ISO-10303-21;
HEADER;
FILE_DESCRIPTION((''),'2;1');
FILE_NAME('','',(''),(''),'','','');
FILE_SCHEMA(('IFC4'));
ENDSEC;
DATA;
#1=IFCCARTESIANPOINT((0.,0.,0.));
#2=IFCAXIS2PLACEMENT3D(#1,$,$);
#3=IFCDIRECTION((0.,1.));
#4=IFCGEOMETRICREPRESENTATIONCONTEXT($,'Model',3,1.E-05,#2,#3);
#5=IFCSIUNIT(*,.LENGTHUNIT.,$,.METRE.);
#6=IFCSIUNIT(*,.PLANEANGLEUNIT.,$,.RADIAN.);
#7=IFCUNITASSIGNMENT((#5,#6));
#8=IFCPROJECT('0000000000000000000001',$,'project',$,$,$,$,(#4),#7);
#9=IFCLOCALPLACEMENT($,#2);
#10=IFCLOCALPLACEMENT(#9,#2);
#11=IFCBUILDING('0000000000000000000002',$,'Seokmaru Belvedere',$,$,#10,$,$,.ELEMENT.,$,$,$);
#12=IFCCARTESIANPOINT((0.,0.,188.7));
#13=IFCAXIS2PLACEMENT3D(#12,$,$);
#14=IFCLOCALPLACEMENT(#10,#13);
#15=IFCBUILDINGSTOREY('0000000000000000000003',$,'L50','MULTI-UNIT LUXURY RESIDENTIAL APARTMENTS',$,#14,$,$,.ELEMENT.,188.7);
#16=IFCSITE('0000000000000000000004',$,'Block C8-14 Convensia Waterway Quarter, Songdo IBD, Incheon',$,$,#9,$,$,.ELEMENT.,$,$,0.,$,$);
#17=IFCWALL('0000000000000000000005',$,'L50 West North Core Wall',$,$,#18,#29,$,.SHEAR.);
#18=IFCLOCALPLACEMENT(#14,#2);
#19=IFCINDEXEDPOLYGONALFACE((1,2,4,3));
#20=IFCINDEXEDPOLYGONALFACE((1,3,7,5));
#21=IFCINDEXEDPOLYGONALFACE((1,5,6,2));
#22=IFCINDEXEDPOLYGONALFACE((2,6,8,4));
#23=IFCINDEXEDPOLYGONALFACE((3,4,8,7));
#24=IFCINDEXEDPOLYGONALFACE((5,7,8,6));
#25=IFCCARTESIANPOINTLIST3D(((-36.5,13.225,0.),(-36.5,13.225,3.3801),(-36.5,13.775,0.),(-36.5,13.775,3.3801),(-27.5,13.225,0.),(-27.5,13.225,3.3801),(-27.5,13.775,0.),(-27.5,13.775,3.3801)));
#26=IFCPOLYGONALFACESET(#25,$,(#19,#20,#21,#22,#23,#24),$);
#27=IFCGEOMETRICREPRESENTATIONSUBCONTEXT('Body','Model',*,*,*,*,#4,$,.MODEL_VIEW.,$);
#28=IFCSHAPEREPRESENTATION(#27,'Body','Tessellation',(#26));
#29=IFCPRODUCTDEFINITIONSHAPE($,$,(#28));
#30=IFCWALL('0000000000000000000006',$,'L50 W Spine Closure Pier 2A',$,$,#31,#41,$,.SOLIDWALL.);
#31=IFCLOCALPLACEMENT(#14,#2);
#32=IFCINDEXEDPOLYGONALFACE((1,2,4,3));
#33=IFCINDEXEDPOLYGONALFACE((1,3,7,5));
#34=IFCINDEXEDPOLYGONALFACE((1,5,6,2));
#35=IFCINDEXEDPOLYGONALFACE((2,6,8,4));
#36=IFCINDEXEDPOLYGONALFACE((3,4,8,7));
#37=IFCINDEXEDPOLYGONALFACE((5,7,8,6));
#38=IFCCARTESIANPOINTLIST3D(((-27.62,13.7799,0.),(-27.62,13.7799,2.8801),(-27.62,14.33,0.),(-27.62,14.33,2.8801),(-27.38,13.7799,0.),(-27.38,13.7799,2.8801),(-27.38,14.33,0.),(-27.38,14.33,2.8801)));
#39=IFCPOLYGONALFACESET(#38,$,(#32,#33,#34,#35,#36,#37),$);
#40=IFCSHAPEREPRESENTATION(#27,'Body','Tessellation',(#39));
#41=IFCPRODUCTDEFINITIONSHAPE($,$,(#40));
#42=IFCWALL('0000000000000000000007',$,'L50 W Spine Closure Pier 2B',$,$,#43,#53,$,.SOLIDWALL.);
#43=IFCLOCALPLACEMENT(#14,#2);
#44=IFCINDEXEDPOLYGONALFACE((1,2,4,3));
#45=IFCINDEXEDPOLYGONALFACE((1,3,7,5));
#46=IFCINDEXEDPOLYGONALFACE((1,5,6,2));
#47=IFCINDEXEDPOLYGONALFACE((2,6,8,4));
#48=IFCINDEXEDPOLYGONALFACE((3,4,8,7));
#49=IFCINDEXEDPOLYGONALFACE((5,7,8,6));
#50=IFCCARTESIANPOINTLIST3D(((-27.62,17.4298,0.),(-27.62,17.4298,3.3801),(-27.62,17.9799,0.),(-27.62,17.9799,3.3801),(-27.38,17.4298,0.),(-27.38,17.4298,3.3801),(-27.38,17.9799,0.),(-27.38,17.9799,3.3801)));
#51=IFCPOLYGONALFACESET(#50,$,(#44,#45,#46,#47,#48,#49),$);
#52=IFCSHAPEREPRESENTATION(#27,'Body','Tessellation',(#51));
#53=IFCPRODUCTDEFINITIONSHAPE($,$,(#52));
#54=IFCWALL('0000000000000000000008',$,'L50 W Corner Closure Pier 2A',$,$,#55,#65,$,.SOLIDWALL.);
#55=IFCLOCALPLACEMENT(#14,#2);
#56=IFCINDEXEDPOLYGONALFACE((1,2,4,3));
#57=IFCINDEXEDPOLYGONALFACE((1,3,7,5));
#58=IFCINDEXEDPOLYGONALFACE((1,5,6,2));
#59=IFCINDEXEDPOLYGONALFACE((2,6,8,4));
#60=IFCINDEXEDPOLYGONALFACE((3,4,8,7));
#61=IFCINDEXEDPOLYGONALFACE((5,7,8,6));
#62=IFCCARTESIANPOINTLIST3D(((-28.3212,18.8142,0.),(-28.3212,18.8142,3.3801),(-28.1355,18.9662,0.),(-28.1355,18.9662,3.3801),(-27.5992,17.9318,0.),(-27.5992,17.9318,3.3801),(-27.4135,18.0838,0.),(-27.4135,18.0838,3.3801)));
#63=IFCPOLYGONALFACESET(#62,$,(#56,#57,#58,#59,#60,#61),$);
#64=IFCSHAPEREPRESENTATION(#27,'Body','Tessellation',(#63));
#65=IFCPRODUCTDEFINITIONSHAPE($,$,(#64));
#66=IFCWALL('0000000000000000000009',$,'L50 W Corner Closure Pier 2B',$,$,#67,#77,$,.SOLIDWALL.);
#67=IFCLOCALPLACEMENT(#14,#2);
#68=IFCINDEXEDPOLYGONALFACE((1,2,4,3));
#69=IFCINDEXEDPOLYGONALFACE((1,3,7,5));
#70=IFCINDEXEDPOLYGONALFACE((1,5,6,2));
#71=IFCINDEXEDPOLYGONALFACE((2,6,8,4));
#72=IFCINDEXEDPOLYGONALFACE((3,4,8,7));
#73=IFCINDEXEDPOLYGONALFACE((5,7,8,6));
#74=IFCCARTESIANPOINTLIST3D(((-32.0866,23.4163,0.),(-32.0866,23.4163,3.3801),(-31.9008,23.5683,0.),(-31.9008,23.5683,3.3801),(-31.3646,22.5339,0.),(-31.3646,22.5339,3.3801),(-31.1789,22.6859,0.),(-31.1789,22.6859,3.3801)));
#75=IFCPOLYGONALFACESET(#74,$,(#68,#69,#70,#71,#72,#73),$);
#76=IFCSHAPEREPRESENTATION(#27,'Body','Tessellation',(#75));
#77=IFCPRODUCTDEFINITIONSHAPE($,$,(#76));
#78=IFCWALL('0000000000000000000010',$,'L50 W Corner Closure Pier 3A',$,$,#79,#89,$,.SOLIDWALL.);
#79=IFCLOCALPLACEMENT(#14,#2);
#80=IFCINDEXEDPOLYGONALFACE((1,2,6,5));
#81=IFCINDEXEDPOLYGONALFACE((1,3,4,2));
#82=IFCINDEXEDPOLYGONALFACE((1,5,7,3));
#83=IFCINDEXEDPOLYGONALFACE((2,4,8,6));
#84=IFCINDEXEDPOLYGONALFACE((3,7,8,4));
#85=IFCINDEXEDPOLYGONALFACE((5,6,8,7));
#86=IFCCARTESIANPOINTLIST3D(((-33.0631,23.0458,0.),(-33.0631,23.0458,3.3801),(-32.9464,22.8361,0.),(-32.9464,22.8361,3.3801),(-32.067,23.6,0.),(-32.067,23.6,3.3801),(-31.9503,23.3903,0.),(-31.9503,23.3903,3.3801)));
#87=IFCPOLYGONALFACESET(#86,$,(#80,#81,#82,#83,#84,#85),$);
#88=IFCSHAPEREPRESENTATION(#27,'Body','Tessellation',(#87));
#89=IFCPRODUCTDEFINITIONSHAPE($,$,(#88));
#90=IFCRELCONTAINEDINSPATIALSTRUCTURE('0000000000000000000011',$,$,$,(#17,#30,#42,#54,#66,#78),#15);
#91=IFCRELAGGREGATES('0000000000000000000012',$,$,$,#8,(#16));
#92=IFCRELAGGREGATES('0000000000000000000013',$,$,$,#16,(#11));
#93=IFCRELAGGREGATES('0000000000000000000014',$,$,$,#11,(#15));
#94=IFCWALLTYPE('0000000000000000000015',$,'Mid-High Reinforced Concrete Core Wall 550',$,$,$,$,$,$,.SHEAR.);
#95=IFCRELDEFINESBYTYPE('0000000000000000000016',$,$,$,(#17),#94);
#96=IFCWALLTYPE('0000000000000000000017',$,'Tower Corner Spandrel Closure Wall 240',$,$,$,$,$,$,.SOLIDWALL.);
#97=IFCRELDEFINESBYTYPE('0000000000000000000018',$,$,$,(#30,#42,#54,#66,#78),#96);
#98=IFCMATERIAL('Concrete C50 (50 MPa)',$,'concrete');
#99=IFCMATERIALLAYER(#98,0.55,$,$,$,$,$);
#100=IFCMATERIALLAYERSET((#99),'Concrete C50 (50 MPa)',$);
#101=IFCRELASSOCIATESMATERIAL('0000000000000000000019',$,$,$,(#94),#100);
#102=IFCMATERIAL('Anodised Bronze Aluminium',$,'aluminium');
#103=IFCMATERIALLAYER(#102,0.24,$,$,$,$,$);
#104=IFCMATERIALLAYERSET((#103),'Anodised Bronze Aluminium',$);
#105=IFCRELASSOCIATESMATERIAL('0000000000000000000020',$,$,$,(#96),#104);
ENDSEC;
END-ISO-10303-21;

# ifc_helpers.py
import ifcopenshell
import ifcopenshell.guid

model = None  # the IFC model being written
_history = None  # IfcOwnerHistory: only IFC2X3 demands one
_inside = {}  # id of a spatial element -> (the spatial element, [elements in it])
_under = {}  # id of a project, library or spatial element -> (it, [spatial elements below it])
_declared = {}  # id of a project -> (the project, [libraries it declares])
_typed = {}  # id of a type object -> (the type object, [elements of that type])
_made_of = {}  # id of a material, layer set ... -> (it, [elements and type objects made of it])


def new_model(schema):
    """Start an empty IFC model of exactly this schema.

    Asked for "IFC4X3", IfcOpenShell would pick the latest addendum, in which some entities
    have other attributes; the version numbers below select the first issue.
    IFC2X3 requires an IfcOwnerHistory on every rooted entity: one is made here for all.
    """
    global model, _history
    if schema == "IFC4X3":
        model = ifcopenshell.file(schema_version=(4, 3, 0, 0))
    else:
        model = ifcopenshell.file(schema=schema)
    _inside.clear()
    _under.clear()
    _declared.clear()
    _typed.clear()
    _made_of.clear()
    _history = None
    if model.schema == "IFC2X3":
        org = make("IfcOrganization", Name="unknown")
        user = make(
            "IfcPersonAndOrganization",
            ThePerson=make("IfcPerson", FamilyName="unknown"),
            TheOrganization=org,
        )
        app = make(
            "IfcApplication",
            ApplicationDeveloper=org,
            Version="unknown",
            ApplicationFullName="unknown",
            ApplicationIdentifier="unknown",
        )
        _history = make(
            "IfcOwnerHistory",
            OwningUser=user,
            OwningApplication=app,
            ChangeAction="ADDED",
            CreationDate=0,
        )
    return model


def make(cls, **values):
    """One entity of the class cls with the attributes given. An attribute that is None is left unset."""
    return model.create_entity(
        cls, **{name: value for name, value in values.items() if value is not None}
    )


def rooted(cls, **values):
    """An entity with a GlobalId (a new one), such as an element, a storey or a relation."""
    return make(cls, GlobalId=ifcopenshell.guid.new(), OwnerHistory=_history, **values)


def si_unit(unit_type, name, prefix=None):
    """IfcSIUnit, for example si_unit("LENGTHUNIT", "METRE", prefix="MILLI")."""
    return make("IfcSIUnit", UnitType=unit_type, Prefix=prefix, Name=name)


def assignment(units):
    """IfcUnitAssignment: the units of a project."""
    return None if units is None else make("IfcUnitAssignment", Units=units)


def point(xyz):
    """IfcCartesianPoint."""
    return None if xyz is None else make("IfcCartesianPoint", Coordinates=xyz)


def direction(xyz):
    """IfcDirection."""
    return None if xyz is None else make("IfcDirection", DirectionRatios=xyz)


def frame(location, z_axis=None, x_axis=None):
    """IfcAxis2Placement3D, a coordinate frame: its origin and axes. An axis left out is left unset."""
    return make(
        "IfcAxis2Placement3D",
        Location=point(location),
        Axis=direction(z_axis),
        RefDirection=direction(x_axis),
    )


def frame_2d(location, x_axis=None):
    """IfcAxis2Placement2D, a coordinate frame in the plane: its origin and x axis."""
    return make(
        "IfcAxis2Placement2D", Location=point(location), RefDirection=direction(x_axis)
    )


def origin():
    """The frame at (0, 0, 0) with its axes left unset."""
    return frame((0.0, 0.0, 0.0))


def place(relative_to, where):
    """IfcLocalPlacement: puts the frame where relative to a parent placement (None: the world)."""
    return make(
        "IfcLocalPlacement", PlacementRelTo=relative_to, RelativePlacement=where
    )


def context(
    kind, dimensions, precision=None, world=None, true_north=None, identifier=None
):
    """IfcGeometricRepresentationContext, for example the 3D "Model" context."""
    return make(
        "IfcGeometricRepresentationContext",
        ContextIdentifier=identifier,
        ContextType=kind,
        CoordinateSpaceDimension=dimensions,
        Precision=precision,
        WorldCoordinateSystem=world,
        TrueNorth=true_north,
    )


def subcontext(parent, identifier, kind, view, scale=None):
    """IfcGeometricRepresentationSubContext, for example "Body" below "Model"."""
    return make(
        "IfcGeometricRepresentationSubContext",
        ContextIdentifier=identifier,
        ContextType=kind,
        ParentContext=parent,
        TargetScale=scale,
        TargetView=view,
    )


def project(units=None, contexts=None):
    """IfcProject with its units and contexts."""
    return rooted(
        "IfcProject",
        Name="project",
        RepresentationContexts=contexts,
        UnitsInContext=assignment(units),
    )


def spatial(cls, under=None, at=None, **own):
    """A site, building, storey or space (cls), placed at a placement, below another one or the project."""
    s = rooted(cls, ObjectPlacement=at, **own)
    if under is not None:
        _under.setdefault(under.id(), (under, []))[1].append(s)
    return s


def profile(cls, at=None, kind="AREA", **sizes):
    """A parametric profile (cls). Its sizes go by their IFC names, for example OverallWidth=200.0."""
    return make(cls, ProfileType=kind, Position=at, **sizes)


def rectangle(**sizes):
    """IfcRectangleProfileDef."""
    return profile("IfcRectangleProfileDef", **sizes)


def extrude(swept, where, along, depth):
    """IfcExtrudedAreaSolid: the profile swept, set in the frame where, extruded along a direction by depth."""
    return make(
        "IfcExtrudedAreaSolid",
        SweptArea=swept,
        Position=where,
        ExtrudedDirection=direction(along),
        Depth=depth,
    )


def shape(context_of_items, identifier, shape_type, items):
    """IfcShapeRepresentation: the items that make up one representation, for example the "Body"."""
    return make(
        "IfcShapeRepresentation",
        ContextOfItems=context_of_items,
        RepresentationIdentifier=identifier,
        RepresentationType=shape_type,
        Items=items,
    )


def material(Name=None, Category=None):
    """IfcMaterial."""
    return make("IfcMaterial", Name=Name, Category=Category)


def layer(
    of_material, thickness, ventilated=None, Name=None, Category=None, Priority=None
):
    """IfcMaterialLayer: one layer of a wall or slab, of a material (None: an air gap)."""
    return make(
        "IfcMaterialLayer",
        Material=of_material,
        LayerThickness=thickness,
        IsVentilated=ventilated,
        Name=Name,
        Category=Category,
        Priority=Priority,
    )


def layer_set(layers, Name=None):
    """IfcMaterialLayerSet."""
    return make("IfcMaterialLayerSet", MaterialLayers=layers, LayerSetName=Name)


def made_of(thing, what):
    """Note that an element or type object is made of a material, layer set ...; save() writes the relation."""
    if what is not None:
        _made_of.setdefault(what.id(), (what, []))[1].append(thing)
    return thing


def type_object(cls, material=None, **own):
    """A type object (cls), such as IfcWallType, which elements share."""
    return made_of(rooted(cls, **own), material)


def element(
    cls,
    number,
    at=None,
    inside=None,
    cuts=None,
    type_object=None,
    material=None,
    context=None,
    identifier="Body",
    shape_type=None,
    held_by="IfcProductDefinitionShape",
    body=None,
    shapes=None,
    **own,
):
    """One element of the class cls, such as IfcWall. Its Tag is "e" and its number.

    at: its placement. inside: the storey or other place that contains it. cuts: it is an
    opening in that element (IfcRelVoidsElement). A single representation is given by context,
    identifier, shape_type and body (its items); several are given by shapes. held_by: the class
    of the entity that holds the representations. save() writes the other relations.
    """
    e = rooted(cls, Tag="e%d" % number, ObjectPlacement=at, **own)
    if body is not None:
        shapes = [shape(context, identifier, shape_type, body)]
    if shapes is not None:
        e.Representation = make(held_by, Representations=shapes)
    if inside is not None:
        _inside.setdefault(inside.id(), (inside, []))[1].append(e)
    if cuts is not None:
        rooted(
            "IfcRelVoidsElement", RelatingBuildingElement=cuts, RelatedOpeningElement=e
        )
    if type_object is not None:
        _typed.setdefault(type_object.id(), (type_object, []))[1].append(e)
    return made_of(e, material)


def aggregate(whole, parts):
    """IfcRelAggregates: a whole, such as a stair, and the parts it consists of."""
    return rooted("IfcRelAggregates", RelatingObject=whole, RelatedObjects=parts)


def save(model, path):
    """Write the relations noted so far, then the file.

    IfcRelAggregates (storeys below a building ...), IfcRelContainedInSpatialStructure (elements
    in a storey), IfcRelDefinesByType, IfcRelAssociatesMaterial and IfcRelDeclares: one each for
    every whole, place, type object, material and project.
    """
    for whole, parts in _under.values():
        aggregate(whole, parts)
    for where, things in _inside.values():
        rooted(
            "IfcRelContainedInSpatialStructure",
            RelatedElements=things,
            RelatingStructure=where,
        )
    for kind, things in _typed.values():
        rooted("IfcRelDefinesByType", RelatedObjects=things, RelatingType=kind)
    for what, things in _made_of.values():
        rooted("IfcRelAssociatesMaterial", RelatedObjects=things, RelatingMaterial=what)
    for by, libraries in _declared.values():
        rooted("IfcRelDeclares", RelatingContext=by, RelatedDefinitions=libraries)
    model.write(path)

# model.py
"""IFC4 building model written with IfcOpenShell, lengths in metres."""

from ifc_helpers import new_model, si_unit, direction, frame, frame_2d, origin, place, context, subcontext, project, spatial, rectangle, extrude, material, layer, layer_set, type_object, element, save


model = new_model("IFC4")

# Units and contexts
model_context = context("Model", 3, precision=1e-05, world=origin(), true_north=direction((0.0, 1.0)))
body_context = subcontext(model_context, "Body", "Model", "MODEL_VIEW")
ifc_project = project(units=[si_unit("LENGTHUNIT", "METRE"), si_unit("PLANEANGLEUNIT", "RADIAN")], contexts=[model_context])

# Site, building, storey
site_placement = place(None, origin())
site = spatial("IfcSite", under=ifc_project, at=site_placement, Name="Block C8-14 Convensia Waterway Quarter, Songdo IBD, Incheon", CompositionType="ELEMENT", RefElevation=0.0)
building_placement = place(site_placement, origin())
building = spatial("IfcBuilding", under=site, at=building_placement, Name="Seokmaru Belvedere", CompositionType="ELEMENT")
storey_placement = place(building_placement, frame((0.0, 0.0, 188.7)))
storey = spatial("IfcBuildingStorey", under=building, at=storey_placement, Name="L50", Description="MULTI-UNIT LUXURY RESIDENTIAL APARTMENTS", CompositionType="ELEMENT", Elevation=188.7)

# Shared definitions
ifc_material_1 = material(Name="Anodised Bronze Aluminium", Category="aluminium")

# Walls
ifc_material_2 = material(Name="Concrete C50 (50 MPa)", Category="concrete")
ifc_layer_1 = layer(ifc_material_2, 0.55)
ifc_layer_set_1 = layer_set([ifc_layer_1], Name="Concrete C50 (50 MPa)")
wall_type_1 = type_object("IfcWallType", Name="Mid-High Reinforced Concrete Core Wall 550", PredefinedType="SHEAR", material=ifc_layer_set_1)
wall_1_placement = place(storey_placement, frame((-36.5, 13.5, 0.0), z_axis=(0.0, 0.0, 1.0), x_axis=(1.0, 0.0, 0.0)))
element("IfcWall", 1, at=wall_1_placement, inside=storey, type_object=wall_type_1, Name="L50 West North Core Wall", PredefinedType="SHEAR", context=body_context, shape_type="SweptSolid", body=[
    extrude(rectangle(XDim=9.0, YDim=0.55, at=frame_2d((4.5, 0.0))), origin(), (0.0, 0.0, 1.0), 3.3801),
])
ifc_layer_2 = layer(ifc_material_1, 0.24)
ifc_layer_set_2 = layer_set([ifc_layer_2], Name="Anodised Bronze Aluminium")
wall_type_2 = type_object("IfcWallType", Name="Tower Corner Spandrel Closure Wall 240", PredefinedType="SOLIDWALL", material=ifc_layer_set_2)
wall_2_placement = place(storey_placement, frame((-27.5, 13.78, 0.0), z_axis=(0.0, 0.0, 1.0), x_axis=(0.0, 1.0, 0.0)))
element("IfcWall", 2, at=wall_2_placement, inside=storey, type_object=wall_type_2, Name="L50 W Spine Closure Pier 2A", PredefinedType="SOLIDWALL", context=body_context, shape_type="SweptSolid", body=[
    extrude(rectangle(XDim=0.55, YDim=0.24, at=frame_2d((0.2749, 0.0))), origin(), (0.0, 0.0, 1.0), 2.8801),
])
wall_3_placement = place(storey_placement, frame((-27.5, 17.4299, 0.0), z_axis=(0.0, 0.0, 1.0), x_axis=(0.0, 1.0, 0.0)))
element("IfcWall", 3, at=wall_3_placement, inside=storey, type_object=wall_type_2, Name="L50 W Spine Closure Pier 2B", PredefinedType="SOLIDWALL", context=body_context, shape_type="SweptSolid", body=[
    extrude(rectangle(XDim=0.55, YDim=0.24, at=frame_2d((0.2749, 0.0))), origin(), (0.0, 0.0, 1.0), 3.3801),
])
for number, where, z_axis, x_axis, name in (
    (4, (-27.5063, 18.0078, 0.0), (0.0, 0.0, 1.0), (-0.633249, 0.773948, 0.0), "L50 W Corner Closure Pier 2A"),
    (5, (-31.2717, 22.6099, 0.0), (0.0, 0.0, 1.0), (-0.633249, 0.773948, 0.0), "L50 W Corner Closure Pier 2B"),
):
    element("IfcWall", number, at=place(storey_placement, frame(where, z_axis=z_axis, x_axis=x_axis)), inside=storey, type_object=wall_type_2, Name=name, PredefinedType="SOLIDWALL", context=body_context, shape_type="SweptSolid", body=[
        extrude(rectangle(XDim=1.1401, YDim=0.24, at=frame_2d((0.5701, 0.0))), origin(), (0.0, 0.0, 1.0), 3.3801),
    ])
wall_4_placement = place(storey_placement, frame((-32.0088, 23.4951, 0.0), z_axis=(0.0, 0.0, 1.0), x_axis=(-0.873854, -0.486188, 0.0)))
element("IfcWall", 6, at=wall_4_placement, inside=storey, type_object=wall_type_2, Name="L50 W Corner Closure Pier 3A", PredefinedType="SOLIDWALL", context=body_context, shape_type="SweptSolid", body=[
    extrude(rectangle(XDim=1.1399, YDim=0.24, at=frame_2d((0.5698, 0.0))), origin(), (0.0, 0.0, 1.0), 3.3801),
])

save(model, "model.ifc")
